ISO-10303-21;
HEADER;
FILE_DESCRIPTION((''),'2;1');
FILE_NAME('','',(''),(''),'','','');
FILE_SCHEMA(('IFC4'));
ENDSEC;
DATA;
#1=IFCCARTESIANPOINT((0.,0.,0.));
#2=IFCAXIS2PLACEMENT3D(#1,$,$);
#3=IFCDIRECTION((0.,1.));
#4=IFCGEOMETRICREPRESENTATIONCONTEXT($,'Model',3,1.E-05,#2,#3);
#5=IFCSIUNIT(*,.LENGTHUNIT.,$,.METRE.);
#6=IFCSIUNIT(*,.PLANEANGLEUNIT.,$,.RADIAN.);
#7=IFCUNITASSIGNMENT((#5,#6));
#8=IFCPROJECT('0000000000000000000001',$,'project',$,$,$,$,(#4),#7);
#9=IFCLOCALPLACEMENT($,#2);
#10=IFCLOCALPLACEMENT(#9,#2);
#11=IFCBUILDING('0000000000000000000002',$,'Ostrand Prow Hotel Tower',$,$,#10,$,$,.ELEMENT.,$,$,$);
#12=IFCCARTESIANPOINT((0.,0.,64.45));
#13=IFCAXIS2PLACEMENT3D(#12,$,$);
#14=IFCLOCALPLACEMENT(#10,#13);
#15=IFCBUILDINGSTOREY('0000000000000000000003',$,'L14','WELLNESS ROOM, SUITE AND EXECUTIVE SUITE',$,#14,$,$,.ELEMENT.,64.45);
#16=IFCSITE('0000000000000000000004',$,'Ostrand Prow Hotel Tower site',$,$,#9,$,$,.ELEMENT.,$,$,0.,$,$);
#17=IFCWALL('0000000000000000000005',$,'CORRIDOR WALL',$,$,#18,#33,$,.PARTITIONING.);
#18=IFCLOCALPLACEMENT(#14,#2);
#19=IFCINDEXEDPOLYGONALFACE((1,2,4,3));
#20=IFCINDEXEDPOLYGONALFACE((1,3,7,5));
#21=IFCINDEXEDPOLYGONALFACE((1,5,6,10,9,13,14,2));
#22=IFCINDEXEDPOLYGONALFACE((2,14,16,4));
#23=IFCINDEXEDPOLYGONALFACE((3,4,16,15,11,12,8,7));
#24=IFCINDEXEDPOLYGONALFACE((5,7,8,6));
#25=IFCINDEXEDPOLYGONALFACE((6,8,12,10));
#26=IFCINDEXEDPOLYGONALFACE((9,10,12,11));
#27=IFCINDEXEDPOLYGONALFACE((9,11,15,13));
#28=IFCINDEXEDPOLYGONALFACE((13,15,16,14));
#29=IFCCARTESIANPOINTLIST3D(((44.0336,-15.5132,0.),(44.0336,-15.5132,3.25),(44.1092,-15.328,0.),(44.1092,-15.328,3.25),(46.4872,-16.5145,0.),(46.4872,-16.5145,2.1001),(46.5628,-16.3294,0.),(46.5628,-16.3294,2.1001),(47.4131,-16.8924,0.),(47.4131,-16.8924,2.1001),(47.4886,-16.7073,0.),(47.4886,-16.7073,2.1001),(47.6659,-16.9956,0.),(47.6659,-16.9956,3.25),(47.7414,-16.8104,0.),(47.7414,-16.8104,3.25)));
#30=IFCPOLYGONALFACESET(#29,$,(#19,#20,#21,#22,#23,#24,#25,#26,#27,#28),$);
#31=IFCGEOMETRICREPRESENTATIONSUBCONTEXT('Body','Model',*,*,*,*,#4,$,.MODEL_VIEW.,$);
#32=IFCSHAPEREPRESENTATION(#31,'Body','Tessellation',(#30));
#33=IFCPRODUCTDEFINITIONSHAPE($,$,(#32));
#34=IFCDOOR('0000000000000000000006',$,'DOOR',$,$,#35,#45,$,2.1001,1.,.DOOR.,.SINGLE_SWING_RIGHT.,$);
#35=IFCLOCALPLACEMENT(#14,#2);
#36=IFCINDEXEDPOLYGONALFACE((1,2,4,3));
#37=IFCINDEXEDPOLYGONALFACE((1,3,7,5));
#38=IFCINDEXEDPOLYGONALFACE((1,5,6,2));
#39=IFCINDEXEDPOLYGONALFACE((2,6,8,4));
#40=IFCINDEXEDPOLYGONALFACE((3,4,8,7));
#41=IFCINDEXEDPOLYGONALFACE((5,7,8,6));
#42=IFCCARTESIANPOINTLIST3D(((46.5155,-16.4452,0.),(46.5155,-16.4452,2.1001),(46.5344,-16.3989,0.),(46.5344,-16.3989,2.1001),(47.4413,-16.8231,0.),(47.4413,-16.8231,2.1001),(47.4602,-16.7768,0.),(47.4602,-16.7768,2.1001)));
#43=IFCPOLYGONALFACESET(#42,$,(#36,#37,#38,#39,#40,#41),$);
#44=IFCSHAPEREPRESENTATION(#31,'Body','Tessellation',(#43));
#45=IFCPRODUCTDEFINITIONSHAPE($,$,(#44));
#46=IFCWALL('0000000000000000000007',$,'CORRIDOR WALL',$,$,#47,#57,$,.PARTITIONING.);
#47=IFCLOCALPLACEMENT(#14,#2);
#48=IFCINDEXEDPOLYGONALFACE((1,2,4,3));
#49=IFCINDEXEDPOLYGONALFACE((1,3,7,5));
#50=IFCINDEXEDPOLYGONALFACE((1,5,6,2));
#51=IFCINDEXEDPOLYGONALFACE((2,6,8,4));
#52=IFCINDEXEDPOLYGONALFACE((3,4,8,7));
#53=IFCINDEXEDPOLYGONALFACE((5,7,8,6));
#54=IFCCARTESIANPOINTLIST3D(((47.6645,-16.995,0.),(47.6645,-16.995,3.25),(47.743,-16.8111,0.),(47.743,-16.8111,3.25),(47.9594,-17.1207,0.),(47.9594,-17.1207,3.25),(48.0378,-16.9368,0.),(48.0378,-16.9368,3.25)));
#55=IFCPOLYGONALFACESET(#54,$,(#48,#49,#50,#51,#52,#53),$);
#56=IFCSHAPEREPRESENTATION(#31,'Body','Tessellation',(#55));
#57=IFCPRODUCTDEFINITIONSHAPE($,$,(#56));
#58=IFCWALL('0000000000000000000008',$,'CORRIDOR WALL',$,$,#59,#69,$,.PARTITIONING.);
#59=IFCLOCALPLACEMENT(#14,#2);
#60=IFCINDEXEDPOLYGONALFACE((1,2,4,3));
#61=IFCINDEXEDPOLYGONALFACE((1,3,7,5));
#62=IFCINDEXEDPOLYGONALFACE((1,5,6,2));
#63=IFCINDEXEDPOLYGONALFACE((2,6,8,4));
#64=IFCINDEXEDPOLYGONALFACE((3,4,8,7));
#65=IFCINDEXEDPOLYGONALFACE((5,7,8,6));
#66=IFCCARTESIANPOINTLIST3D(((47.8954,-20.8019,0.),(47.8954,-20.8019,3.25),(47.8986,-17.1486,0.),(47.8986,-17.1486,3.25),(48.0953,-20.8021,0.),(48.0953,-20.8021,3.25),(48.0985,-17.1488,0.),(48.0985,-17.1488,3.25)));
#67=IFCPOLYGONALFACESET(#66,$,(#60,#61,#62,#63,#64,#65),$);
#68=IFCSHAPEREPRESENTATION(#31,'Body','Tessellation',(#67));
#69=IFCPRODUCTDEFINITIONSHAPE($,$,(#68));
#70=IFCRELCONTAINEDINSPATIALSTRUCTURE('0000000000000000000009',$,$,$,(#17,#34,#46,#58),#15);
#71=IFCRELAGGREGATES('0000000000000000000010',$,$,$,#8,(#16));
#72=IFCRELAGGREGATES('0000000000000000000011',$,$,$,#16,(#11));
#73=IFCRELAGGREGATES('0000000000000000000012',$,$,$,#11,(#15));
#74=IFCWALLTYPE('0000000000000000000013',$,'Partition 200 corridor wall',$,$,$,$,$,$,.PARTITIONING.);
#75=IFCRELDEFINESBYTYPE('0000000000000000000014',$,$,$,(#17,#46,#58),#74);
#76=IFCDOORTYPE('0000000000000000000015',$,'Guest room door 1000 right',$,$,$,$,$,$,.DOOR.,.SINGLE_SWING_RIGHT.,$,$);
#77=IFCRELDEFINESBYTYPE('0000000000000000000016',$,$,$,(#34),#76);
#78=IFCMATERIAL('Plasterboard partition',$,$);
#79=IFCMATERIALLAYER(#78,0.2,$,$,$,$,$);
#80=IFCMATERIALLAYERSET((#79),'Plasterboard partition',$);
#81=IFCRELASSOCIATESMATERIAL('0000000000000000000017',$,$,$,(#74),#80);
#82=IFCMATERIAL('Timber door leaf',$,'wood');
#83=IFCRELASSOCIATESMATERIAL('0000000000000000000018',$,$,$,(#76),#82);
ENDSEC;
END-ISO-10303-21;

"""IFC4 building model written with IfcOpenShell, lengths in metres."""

from ifc_helpers import new_model, si_unit, direction, frame, frame_2d, origin, place, context, subcontext, project, spatial, rectangle, extrude, material, layer, layer_set, type_object, element, fill, save


model = new_model("IFC4")

# Units and contexts
model_context = context("Model", 3, precision=1e-05, world=origin(), true_north=direction((0.0, 1.0)))
body_context = subcontext(model_context, "Body", "Model", "MODEL_VIEW")
ifc_project = project(units=[si_unit("LENGTHUNIT", "METRE"), si_unit("PLANEANGLEUNIT", "RADIAN")], contexts=[model_context])

# Site, building, storey
site_placement = place(None, origin())
site = spatial("IfcSite", under=ifc_project, at=site_placement, Name="Ostrand Prow Hotel Tower site", CompositionType="ELEMENT", RefElevation=0.0)
building_placement = place(site_placement, origin())
building = spatial("IfcBuilding", under=site, at=building_placement, Name="Ostrand Prow Hotel Tower", CompositionType="ELEMENT")
storey_placement = place(building_placement, frame((0.0, 0.0, 64.45)))
storey = spatial("IfcBuildingStorey", under=building, at=storey_placement, Name="L14", Description="WELLNESS ROOM, SUITE AND EXECUTIVE SUITE", CompositionType="ELEMENT", Elevation=64.45)

# Shared definitions
ifc_material_1 = material(Name="Plasterboard partition")
ifc_layer_1 = layer(ifc_material_1, 0.2)
ifc_layer_set_1 = layer_set([ifc_layer_1], Name="Plasterboard partition")
wall_type_1 = type_object("IfcWallType", Name="Partition 200 corridor wall", PredefinedType="PARTITIONING", material=ifc_layer_set_1)

# Wall, opening, door
wall_1_placement = place(storey_placement, frame((44.0715, -15.4207, 0.0), z_axis=(0.0, 0.0, 1.0), x_axis=(0.925862, -0.377862, 0.0)))
wall_1 = element("IfcWall", 1, at=wall_1_placement, inside=storey, type_object=wall_type_1, Name="CORRIDOR WALL", PredefinedType="PARTITIONING", context=body_context, shape_type="SweptSolid", body=[
    extrude(rectangle(XDim=3.9231, YDim=0.2, at=frame_2d((1.9614, 0.0))), origin(), (0.0, 0.0, 1.0), 3.25),
])
opening_1_placement = place(wall_1_placement, frame((2.6499, 0.0, 0.0)))
opening_1 = element("IfcOpeningElement", 2, at=opening_1_placement, cuts=wall_1, PredefinedType="OPENING", context=body_context, shape_type="SweptSolid", body=[
    extrude(rectangle(XDim=1.0, YDim=2.1001, at=frame_2d((0.5, 1.05))), frame((0.0, 0.1099, 0.0), z_axis=(0.0, -1.0, 0.0), x_axis=(1.0, 0.0, 0.0)), (0.0, 0.0, 1.0), 0.22),
])
ifc_material_2 = material(Name="Timber door leaf", Category="wood")
door_type_1 = type_object("IfcDoorType", Name="Guest room door 1000 right", OperationType="SINGLE_SWING_RIGHT", PredefinedType="DOOR", material=ifc_material_2)
door_1_placement = place(opening_1_placement, origin())
door_1 = element("IfcDoor", 3, at=door_1_placement, inside=storey, type_object=door_type_1, Name="DOOR", OperationType="SINGLE_SWING_RIGHT", OverallHeight=2.1001, OverallWidth=1.0, PredefinedType="DOOR", context=body_context, shape_type="SweptSolid", body=[
    extrude(rectangle(XDim=1.0, YDim=2.1001, at=frame_2d((0.5, 1.05))), frame((0.0, 0.0249, 0.0), z_axis=(0.0, -1.0, 0.0), x_axis=(1.0, 0.0, 0.0)), (0.0, 0.0, 1.0), 0.05),
])
fill(opening_1, door_1)

# Walls
wall_2_placement = place(storey_placement, frame((47.7039, -16.9031, 0.0), z_axis=(0.0, 0.0, 1.0), x_axis=(0.919892, -0.392172, 0.0)))
element("IfcWall", 4, at=wall_2_placement, inside=storey, type_object=wall_type_1, Name="CORRIDOR WALL", PredefinedType="PARTITIONING", context=body_context, shape_type="SweptSolid", body=[
    extrude(rectangle(XDim=0.3206, YDim=0.2, at=frame_2d((0.1602, 0.0))), origin(), (0.0, 0.0, 1.0), 3.25),
])
wall_3_placement = place(storey_placement, frame((47.9985, -17.1487, 0.0), z_axis=(0.0, 0.0, 1.0), x_axis=(-0.000869, -1.0, 0.0)))
element("IfcWall", 5, at=wall_3_placement, inside=storey, type_object=wall_type_1, Name="CORRIDOR WALL", PredefinedType="PARTITIONING", context=body_context, shape_type="SweptSolid", body=[
    extrude(rectangle(XDim=3.6533, YDim=0.2, at=frame_2d((1.8267, 0.0))), origin(), (0.0, 0.0, 1.0), 3.25),
])

save(model, "model.ifc")
